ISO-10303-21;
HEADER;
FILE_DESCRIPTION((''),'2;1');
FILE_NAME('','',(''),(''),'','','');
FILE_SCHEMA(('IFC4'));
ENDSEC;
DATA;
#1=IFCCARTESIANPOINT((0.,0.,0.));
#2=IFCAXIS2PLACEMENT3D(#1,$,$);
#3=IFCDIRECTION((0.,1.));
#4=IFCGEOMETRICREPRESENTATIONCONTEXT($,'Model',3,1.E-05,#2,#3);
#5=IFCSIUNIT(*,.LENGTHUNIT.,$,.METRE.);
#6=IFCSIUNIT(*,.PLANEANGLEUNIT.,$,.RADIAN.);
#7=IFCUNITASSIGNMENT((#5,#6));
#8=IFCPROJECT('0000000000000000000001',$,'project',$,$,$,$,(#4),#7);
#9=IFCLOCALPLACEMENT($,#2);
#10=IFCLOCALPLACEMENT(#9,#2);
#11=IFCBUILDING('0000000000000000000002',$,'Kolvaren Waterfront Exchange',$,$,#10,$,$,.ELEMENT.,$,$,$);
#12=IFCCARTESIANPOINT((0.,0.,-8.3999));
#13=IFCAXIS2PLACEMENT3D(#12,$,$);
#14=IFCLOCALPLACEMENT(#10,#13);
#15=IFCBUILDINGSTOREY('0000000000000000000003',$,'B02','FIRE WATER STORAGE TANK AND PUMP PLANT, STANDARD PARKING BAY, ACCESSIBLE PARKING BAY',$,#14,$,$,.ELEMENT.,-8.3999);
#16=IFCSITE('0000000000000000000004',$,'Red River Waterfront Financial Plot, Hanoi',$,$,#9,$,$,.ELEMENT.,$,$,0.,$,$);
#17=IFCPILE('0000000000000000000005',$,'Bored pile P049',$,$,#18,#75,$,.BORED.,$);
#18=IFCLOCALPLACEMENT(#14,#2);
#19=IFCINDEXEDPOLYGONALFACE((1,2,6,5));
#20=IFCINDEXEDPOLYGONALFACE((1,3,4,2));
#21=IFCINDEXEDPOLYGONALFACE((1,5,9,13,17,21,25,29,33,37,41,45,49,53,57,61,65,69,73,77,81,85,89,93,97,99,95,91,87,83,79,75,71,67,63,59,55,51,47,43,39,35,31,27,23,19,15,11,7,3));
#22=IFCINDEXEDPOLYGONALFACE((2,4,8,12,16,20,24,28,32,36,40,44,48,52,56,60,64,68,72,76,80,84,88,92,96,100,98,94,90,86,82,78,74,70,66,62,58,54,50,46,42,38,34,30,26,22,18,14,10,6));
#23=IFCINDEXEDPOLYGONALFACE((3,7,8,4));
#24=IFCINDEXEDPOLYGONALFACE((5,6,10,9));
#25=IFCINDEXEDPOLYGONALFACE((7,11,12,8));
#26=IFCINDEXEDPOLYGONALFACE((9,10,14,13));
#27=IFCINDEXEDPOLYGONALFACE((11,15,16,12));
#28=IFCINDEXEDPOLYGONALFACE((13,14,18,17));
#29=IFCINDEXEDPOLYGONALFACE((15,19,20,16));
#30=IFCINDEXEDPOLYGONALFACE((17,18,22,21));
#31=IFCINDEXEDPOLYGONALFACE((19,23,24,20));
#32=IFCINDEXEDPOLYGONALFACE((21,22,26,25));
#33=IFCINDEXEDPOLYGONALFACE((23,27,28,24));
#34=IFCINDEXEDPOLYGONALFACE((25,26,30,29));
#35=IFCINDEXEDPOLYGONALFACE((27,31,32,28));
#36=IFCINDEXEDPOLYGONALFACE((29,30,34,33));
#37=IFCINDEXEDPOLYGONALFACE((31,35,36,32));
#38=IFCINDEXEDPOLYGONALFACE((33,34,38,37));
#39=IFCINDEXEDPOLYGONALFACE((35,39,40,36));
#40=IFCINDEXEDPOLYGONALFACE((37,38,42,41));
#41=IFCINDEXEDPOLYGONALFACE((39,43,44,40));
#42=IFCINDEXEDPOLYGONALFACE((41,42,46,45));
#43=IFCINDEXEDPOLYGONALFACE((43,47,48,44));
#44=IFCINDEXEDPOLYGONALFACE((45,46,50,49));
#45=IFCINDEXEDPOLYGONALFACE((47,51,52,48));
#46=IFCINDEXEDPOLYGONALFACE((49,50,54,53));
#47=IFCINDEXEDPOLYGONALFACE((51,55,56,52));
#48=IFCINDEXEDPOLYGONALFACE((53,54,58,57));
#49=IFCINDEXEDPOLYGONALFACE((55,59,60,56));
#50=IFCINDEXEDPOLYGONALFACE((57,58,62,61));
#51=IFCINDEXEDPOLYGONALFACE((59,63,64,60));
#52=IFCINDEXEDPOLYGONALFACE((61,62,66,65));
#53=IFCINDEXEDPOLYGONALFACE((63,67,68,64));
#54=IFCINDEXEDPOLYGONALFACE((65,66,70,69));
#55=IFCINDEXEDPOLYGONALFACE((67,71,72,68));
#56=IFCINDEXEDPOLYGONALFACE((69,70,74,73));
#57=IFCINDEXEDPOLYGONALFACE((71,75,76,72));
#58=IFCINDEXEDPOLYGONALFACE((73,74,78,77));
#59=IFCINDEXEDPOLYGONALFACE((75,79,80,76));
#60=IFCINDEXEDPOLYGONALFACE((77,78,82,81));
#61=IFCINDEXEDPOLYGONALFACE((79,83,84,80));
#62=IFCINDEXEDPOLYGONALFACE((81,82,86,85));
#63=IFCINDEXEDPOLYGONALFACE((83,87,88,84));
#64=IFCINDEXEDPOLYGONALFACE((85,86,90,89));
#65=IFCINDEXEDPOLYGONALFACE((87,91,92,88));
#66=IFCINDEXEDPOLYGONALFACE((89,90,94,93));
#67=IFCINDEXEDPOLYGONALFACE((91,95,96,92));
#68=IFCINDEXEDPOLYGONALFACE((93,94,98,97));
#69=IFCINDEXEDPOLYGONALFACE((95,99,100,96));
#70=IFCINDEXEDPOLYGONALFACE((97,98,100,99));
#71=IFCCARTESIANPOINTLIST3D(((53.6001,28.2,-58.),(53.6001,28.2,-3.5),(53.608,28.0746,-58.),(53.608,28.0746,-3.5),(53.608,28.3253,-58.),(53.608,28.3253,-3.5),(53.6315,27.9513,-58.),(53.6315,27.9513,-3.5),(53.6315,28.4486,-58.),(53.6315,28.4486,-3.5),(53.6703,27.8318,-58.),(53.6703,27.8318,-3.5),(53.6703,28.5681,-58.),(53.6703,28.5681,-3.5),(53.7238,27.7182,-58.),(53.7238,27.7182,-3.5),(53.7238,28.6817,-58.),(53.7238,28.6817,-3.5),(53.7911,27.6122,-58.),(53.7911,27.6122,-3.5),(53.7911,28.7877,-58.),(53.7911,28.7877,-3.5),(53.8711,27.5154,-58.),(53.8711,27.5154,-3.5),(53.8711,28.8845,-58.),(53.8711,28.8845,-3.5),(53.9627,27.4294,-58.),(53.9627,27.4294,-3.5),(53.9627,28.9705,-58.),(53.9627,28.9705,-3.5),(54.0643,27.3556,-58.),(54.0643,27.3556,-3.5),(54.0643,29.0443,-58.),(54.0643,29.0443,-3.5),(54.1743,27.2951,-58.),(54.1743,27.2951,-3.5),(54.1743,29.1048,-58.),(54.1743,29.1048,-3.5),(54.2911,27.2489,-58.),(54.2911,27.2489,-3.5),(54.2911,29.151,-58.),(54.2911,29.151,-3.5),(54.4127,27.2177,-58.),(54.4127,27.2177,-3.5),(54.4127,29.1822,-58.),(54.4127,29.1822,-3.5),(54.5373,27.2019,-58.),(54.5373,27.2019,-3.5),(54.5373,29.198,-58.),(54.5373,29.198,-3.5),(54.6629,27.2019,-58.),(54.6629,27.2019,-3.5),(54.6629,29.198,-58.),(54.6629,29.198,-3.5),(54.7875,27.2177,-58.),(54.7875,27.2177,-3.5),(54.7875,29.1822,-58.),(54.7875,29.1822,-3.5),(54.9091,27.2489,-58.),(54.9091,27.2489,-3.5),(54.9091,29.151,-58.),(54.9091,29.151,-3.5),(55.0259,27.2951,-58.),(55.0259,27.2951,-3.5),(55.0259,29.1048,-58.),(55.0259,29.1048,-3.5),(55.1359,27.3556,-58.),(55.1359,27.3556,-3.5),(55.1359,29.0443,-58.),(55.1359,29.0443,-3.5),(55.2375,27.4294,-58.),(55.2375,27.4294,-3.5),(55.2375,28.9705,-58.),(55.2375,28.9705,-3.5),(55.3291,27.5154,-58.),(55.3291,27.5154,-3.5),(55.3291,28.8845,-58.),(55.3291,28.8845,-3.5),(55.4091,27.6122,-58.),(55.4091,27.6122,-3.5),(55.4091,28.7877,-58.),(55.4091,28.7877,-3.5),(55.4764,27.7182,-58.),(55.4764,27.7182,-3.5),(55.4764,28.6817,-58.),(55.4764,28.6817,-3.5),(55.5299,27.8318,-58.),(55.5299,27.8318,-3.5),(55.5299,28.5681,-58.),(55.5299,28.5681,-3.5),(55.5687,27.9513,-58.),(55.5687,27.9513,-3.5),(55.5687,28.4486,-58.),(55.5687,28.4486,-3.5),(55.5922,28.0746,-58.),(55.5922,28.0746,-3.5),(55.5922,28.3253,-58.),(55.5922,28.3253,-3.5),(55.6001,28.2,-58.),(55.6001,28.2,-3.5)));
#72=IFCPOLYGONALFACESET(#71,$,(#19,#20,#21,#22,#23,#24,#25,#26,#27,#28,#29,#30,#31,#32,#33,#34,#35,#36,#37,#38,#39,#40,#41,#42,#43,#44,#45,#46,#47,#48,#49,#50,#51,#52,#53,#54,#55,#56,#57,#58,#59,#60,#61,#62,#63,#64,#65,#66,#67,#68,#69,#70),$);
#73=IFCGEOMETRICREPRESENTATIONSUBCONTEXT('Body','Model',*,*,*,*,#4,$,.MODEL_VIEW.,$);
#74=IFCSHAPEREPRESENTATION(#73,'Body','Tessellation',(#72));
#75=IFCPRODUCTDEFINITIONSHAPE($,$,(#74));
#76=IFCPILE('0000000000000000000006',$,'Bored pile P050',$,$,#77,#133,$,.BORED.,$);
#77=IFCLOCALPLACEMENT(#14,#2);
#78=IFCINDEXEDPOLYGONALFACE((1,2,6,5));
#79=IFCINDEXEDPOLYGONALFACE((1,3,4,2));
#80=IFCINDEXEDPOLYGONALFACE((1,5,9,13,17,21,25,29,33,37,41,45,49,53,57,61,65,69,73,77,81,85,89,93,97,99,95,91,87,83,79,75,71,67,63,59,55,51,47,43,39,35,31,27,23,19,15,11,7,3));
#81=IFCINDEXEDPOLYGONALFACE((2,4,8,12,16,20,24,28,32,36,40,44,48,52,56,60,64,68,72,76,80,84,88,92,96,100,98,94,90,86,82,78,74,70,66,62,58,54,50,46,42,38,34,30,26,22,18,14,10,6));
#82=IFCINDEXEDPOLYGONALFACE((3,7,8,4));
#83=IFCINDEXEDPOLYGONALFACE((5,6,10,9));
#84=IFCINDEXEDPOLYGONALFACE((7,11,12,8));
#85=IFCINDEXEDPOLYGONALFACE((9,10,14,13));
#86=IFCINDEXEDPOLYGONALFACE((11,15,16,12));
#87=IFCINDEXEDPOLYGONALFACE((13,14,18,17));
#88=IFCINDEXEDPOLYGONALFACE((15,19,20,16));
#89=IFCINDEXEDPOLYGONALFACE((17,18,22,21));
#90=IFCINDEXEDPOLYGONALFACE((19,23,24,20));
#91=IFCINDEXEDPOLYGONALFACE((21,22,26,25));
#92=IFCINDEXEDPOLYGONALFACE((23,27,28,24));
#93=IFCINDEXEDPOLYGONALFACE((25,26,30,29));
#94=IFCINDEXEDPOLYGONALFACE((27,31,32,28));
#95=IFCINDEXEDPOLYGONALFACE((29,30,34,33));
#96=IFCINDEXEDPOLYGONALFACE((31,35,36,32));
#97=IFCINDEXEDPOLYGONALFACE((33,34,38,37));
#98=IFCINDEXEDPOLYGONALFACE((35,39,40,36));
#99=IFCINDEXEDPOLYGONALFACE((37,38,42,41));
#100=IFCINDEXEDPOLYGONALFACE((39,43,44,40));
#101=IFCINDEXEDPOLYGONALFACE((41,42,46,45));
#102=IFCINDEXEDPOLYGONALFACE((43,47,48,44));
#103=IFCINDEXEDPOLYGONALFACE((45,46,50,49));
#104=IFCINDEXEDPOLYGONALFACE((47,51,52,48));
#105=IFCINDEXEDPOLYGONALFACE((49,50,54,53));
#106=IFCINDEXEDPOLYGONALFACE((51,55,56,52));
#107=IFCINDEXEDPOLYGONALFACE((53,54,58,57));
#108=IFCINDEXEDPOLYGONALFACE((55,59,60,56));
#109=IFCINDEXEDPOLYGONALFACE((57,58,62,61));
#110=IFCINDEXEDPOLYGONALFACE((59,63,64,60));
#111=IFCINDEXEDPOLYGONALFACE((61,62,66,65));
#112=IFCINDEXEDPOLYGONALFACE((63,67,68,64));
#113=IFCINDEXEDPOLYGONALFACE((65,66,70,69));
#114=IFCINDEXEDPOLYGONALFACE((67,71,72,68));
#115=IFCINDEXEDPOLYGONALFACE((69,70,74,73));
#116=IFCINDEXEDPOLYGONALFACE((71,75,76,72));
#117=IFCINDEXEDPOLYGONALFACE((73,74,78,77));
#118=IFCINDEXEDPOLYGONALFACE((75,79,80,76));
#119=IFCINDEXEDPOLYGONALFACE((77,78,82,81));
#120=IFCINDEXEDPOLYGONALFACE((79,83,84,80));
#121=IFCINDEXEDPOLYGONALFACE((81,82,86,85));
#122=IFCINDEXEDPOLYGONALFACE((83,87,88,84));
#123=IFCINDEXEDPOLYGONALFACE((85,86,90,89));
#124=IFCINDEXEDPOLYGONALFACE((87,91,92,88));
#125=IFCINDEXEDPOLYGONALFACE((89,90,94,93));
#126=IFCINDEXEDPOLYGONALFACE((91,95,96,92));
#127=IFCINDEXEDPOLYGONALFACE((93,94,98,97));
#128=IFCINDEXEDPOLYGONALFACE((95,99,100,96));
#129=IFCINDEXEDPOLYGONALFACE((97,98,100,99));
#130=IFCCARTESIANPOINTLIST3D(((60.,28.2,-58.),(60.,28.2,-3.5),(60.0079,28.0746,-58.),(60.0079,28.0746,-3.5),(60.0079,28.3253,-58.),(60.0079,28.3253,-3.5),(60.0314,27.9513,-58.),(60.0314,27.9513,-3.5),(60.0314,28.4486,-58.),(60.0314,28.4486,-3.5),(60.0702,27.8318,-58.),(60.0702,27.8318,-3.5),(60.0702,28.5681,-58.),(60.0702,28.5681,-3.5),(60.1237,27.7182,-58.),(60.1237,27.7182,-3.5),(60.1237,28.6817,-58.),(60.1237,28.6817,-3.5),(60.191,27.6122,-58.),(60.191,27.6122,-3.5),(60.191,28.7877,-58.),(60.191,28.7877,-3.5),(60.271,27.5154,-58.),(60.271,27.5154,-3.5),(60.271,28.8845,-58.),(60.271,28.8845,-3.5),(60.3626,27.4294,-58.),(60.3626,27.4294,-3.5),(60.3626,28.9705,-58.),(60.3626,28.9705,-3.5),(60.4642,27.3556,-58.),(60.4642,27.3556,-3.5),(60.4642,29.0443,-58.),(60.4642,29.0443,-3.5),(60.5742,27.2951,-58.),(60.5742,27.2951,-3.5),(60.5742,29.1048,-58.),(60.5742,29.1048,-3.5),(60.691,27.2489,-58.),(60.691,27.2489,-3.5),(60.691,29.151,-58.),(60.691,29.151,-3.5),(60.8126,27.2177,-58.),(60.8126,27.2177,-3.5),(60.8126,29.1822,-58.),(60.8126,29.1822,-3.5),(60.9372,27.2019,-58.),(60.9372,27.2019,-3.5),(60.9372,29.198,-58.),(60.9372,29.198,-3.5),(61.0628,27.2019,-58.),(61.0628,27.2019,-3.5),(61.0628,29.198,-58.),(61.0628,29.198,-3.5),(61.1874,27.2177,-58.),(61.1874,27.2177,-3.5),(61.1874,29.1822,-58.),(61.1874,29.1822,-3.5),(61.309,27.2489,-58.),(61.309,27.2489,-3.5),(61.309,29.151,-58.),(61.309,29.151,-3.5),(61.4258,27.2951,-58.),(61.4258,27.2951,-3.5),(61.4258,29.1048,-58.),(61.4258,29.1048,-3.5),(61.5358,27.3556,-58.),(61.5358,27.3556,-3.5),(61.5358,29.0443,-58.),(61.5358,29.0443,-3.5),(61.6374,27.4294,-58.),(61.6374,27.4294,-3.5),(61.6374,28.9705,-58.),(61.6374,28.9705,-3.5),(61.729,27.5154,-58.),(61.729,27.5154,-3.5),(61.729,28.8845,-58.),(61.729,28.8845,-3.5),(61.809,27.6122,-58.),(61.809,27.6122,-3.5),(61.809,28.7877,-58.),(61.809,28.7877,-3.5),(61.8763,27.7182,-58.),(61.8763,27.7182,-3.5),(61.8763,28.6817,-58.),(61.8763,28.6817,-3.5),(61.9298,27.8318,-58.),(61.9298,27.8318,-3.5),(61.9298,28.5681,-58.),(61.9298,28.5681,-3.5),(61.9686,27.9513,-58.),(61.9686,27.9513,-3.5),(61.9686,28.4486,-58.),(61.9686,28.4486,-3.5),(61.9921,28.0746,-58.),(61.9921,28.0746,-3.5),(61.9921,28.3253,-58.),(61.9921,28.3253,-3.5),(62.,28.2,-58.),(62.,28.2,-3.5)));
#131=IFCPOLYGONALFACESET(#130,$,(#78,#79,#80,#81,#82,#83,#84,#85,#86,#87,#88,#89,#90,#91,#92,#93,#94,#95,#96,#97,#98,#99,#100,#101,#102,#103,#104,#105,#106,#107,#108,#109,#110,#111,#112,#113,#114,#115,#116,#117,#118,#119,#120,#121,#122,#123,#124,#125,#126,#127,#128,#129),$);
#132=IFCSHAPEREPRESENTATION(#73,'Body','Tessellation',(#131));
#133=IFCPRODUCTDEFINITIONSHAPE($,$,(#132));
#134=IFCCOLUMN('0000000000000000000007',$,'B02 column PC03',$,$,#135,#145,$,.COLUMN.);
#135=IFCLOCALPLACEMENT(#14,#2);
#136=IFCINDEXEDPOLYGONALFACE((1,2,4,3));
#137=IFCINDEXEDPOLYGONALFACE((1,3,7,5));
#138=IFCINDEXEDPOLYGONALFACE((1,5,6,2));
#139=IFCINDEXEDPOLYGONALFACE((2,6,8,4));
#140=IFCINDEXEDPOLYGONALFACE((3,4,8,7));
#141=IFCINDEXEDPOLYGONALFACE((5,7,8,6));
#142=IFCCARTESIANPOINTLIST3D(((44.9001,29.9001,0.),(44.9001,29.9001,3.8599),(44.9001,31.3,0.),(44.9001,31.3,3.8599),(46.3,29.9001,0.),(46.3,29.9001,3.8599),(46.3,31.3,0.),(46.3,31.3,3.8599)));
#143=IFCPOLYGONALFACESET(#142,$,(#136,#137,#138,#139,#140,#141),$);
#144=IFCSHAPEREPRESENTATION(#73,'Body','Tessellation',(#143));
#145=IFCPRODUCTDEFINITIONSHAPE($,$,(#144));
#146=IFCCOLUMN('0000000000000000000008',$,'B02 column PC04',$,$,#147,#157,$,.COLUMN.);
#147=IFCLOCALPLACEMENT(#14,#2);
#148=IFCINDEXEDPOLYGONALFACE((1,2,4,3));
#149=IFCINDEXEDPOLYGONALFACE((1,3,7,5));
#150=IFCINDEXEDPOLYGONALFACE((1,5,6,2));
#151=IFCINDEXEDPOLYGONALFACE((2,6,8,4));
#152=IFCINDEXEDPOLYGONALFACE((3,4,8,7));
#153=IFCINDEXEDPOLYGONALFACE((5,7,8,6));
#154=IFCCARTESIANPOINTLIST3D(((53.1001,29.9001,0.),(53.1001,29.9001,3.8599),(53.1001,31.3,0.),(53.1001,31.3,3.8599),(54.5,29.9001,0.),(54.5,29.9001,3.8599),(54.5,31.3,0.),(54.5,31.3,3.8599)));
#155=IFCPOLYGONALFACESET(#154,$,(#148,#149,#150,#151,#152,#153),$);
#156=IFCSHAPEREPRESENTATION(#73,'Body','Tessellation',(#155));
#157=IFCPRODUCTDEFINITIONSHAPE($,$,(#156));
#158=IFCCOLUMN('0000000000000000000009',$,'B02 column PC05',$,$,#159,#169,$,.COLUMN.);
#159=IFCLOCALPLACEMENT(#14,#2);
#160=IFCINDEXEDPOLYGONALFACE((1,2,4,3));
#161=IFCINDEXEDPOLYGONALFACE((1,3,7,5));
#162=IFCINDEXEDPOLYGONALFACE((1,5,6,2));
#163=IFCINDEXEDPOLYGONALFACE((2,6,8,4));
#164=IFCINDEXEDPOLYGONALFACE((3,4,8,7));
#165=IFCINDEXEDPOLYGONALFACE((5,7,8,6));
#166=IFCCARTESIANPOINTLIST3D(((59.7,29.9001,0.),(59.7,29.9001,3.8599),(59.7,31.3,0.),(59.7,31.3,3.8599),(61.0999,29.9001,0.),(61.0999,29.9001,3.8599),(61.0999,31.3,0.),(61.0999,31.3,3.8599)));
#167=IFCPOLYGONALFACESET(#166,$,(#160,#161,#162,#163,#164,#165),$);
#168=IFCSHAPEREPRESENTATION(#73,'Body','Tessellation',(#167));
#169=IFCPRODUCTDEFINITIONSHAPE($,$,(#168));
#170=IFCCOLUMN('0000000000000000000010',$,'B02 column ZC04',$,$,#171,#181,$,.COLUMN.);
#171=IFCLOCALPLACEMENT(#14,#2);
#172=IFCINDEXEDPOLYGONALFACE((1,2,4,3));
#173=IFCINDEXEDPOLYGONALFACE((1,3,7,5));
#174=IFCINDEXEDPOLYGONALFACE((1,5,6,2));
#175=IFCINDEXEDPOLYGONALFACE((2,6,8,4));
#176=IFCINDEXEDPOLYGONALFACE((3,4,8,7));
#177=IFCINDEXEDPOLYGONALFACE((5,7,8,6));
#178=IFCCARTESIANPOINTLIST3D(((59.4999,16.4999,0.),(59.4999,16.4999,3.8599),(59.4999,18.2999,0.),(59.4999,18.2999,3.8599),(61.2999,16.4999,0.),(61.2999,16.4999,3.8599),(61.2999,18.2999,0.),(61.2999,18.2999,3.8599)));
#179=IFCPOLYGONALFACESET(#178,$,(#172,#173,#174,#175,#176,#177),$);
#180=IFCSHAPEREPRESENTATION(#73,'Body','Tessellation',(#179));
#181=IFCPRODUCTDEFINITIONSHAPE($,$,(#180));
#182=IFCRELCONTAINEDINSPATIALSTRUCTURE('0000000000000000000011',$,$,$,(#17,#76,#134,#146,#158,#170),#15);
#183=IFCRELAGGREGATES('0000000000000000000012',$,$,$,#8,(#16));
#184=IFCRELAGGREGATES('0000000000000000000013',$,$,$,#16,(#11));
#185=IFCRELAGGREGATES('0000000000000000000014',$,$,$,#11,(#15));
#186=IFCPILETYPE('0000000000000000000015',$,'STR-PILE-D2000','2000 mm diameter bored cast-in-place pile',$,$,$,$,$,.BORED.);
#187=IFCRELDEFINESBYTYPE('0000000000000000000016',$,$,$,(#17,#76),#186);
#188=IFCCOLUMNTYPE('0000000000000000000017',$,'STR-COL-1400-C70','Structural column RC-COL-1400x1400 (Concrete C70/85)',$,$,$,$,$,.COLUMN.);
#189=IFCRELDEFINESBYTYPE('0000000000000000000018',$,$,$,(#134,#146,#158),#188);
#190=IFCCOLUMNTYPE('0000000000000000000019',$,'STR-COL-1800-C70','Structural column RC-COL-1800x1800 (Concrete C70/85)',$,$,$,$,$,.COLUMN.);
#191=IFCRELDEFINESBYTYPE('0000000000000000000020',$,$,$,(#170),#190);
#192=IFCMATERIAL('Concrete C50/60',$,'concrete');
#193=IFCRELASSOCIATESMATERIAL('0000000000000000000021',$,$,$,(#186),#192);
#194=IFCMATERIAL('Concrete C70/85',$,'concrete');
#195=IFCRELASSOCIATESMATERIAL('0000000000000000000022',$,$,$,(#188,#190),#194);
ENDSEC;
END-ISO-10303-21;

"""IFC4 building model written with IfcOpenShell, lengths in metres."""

from ifc_helpers import new_model, si_unit, direction, frame, origin, origin_2d, place, context, subcontext, project, spatial, rectangle, circle, extrude, material, material_profile, profile_set, type_object, element, save


model = new_model("IFC4")

# Units and contexts
model_context = context("Model", 3, precision=1e-05, world=origin(), true_north=direction((0.0, 1.0)))
body_context = subcontext(model_context, "Body", "Model", "MODEL_VIEW")
ifc_project = project(units=[si_unit("LENGTHUNIT", "METRE"), si_unit("PLANEANGLEUNIT", "RADIAN")], contexts=[model_context])

# Site, building, storey
site_placement = place(None, origin())
site = spatial("IfcSite", under=ifc_project, at=site_placement, Name="Red River Waterfront Financial Plot, Hanoi", CompositionType="ELEMENT", RefElevation=0.0)
building_placement = place(site_placement, origin())
building = spatial("IfcBuilding", under=site, at=building_placement, Name="Kolvaren Waterfront Exchange", CompositionType="ELEMENT")
storey_placement = place(building_placement, frame((0.0, 0.0, -8.3999)))
storey = spatial("IfcBuildingStorey", under=building, at=storey_placement, Name="B02", Description="FIRE WATER STORAGE TANK AND PUMP PLANT, STANDARD PARKING BAY, ACCESSIBLE PARKING BAY", CompositionType="ELEMENT", Elevation=-8.3999)

# Piles
ifc_material_1 = material(Name="Concrete C50/60", Category="concrete")
ifc_material_profile_1 = material_profile(ifc_material_1, circle(Radius=1.0, at=origin_2d()), Name="RC-PILE-D2000")
ifc_profile_set_1 = profile_set([ifc_material_profile_1], Name="Concrete C50/60")
pile_type = type_object("IfcPileType", Name="STR-PILE-D2000", Description="2000 mm diameter bored cast-in-place pile", PredefinedType="BORED", material=ifc_profile_set_1)
for number, where, z_axis, x_axis, name in (
    (1, (54.6001, 28.2, -3.5), (0.0, 0.0, -1.0), (1.0, 0.0, 0.0), "Bored pile P049"),
    (2, (61.0, 28.2, -3.5), (0.0, 0.0, -1.0), (1.0, 0.0, 0.0), "Bored pile P050"),
):
    element("IfcPile", number, at=place(storey_placement, frame(where, z_axis=z_axis, x_axis=x_axis)), inside=storey, type_object=pile_type, Name=name, PredefinedType="BORED", context=body_context, shape_type="SweptSolid", body=[
        extrude(circle(Radius=1.0, at=origin_2d()), origin(), (0.0, 0.0, 1.0), 54.5),
    ])

# Columns
ifc_material_2 = material(Name="Concrete C70/85", Category="concrete")
ifc_material_profile_2 = material_profile(ifc_material_2, rectangle(XDim=1.3999, YDim=1.3999, at=origin_2d()), Name="RC-COL-1400x1400")
ifc_profile_set_2 = profile_set([ifc_material_profile_2], Name="Concrete C70/85")
column_type_1 = type_object("IfcColumnType", Name="STR-COL-1400-C70", Description="Structural column RC-COL-1400x1400 (Concrete C70/85)", PredefinedType="COLUMN", material=ifc_profile_set_2)
for number, where, z_axis, x_axis, name in (
    (3, (45.6001, 30.6001, 0.0), (0.0, 0.0, 1.0), (1.0, 0.0, 0.0), "B02 column PC03"),
    (4, (53.8, 30.6001, 0.0), (0.0, 0.0, 1.0), (1.0, 0.0, 0.0), "B02 column PC04"),
    (5, (60.3999, 30.6001, 0.0), (0.0, 0.0, 1.0), (1.0, 0.0, 0.0), "B02 column PC05"),
):
    element("IfcColumn", number, at=place(storey_placement, frame(where, z_axis=z_axis, x_axis=x_axis)), inside=storey, type_object=column_type_1, Name=name, PredefinedType="COLUMN", context=body_context, shape_type="SweptSolid", body=[
        extrude(rectangle(XDim=1.3999, YDim=1.3999, at=origin_2d()), origin(), (0.0, 0.0, 1.0), 3.8599),
    ])
ifc_material_profile_3 = material_profile(ifc_material_2, rectangle(XDim=1.8, YDim=1.8, at=origin_2d()), Name="RC-COL-1800x1800")
ifc_profile_set_3 = profile_set([ifc_material_profile_3], Name="Concrete C70/85")
column_type_2 = type_object("IfcColumnType", Name="STR-COL-1800-C70", Description="Structural column RC-COL-1800x1800 (Concrete C70/85)", PredefinedType="COLUMN", material=ifc_profile_set_3)
column_1_placement = place(storey_placement, frame((60.3999, 17.3999, 0.0), z_axis=(0.0, 0.0, 1.0), x_axis=(1.0, 0.0, 0.0)))
element("IfcColumn", 6, at=column_1_placement, inside=storey, type_object=column_type_2, Name="B02 column ZC04", PredefinedType="COLUMN", context=body_context, shape_type="SweptSolid", body=[
    extrude(rectangle(XDim=1.8, YDim=1.8, at=origin_2d()), origin(), (0.0, 0.0, 1.0), 3.8599),
])

save(model, "model.ifc")
